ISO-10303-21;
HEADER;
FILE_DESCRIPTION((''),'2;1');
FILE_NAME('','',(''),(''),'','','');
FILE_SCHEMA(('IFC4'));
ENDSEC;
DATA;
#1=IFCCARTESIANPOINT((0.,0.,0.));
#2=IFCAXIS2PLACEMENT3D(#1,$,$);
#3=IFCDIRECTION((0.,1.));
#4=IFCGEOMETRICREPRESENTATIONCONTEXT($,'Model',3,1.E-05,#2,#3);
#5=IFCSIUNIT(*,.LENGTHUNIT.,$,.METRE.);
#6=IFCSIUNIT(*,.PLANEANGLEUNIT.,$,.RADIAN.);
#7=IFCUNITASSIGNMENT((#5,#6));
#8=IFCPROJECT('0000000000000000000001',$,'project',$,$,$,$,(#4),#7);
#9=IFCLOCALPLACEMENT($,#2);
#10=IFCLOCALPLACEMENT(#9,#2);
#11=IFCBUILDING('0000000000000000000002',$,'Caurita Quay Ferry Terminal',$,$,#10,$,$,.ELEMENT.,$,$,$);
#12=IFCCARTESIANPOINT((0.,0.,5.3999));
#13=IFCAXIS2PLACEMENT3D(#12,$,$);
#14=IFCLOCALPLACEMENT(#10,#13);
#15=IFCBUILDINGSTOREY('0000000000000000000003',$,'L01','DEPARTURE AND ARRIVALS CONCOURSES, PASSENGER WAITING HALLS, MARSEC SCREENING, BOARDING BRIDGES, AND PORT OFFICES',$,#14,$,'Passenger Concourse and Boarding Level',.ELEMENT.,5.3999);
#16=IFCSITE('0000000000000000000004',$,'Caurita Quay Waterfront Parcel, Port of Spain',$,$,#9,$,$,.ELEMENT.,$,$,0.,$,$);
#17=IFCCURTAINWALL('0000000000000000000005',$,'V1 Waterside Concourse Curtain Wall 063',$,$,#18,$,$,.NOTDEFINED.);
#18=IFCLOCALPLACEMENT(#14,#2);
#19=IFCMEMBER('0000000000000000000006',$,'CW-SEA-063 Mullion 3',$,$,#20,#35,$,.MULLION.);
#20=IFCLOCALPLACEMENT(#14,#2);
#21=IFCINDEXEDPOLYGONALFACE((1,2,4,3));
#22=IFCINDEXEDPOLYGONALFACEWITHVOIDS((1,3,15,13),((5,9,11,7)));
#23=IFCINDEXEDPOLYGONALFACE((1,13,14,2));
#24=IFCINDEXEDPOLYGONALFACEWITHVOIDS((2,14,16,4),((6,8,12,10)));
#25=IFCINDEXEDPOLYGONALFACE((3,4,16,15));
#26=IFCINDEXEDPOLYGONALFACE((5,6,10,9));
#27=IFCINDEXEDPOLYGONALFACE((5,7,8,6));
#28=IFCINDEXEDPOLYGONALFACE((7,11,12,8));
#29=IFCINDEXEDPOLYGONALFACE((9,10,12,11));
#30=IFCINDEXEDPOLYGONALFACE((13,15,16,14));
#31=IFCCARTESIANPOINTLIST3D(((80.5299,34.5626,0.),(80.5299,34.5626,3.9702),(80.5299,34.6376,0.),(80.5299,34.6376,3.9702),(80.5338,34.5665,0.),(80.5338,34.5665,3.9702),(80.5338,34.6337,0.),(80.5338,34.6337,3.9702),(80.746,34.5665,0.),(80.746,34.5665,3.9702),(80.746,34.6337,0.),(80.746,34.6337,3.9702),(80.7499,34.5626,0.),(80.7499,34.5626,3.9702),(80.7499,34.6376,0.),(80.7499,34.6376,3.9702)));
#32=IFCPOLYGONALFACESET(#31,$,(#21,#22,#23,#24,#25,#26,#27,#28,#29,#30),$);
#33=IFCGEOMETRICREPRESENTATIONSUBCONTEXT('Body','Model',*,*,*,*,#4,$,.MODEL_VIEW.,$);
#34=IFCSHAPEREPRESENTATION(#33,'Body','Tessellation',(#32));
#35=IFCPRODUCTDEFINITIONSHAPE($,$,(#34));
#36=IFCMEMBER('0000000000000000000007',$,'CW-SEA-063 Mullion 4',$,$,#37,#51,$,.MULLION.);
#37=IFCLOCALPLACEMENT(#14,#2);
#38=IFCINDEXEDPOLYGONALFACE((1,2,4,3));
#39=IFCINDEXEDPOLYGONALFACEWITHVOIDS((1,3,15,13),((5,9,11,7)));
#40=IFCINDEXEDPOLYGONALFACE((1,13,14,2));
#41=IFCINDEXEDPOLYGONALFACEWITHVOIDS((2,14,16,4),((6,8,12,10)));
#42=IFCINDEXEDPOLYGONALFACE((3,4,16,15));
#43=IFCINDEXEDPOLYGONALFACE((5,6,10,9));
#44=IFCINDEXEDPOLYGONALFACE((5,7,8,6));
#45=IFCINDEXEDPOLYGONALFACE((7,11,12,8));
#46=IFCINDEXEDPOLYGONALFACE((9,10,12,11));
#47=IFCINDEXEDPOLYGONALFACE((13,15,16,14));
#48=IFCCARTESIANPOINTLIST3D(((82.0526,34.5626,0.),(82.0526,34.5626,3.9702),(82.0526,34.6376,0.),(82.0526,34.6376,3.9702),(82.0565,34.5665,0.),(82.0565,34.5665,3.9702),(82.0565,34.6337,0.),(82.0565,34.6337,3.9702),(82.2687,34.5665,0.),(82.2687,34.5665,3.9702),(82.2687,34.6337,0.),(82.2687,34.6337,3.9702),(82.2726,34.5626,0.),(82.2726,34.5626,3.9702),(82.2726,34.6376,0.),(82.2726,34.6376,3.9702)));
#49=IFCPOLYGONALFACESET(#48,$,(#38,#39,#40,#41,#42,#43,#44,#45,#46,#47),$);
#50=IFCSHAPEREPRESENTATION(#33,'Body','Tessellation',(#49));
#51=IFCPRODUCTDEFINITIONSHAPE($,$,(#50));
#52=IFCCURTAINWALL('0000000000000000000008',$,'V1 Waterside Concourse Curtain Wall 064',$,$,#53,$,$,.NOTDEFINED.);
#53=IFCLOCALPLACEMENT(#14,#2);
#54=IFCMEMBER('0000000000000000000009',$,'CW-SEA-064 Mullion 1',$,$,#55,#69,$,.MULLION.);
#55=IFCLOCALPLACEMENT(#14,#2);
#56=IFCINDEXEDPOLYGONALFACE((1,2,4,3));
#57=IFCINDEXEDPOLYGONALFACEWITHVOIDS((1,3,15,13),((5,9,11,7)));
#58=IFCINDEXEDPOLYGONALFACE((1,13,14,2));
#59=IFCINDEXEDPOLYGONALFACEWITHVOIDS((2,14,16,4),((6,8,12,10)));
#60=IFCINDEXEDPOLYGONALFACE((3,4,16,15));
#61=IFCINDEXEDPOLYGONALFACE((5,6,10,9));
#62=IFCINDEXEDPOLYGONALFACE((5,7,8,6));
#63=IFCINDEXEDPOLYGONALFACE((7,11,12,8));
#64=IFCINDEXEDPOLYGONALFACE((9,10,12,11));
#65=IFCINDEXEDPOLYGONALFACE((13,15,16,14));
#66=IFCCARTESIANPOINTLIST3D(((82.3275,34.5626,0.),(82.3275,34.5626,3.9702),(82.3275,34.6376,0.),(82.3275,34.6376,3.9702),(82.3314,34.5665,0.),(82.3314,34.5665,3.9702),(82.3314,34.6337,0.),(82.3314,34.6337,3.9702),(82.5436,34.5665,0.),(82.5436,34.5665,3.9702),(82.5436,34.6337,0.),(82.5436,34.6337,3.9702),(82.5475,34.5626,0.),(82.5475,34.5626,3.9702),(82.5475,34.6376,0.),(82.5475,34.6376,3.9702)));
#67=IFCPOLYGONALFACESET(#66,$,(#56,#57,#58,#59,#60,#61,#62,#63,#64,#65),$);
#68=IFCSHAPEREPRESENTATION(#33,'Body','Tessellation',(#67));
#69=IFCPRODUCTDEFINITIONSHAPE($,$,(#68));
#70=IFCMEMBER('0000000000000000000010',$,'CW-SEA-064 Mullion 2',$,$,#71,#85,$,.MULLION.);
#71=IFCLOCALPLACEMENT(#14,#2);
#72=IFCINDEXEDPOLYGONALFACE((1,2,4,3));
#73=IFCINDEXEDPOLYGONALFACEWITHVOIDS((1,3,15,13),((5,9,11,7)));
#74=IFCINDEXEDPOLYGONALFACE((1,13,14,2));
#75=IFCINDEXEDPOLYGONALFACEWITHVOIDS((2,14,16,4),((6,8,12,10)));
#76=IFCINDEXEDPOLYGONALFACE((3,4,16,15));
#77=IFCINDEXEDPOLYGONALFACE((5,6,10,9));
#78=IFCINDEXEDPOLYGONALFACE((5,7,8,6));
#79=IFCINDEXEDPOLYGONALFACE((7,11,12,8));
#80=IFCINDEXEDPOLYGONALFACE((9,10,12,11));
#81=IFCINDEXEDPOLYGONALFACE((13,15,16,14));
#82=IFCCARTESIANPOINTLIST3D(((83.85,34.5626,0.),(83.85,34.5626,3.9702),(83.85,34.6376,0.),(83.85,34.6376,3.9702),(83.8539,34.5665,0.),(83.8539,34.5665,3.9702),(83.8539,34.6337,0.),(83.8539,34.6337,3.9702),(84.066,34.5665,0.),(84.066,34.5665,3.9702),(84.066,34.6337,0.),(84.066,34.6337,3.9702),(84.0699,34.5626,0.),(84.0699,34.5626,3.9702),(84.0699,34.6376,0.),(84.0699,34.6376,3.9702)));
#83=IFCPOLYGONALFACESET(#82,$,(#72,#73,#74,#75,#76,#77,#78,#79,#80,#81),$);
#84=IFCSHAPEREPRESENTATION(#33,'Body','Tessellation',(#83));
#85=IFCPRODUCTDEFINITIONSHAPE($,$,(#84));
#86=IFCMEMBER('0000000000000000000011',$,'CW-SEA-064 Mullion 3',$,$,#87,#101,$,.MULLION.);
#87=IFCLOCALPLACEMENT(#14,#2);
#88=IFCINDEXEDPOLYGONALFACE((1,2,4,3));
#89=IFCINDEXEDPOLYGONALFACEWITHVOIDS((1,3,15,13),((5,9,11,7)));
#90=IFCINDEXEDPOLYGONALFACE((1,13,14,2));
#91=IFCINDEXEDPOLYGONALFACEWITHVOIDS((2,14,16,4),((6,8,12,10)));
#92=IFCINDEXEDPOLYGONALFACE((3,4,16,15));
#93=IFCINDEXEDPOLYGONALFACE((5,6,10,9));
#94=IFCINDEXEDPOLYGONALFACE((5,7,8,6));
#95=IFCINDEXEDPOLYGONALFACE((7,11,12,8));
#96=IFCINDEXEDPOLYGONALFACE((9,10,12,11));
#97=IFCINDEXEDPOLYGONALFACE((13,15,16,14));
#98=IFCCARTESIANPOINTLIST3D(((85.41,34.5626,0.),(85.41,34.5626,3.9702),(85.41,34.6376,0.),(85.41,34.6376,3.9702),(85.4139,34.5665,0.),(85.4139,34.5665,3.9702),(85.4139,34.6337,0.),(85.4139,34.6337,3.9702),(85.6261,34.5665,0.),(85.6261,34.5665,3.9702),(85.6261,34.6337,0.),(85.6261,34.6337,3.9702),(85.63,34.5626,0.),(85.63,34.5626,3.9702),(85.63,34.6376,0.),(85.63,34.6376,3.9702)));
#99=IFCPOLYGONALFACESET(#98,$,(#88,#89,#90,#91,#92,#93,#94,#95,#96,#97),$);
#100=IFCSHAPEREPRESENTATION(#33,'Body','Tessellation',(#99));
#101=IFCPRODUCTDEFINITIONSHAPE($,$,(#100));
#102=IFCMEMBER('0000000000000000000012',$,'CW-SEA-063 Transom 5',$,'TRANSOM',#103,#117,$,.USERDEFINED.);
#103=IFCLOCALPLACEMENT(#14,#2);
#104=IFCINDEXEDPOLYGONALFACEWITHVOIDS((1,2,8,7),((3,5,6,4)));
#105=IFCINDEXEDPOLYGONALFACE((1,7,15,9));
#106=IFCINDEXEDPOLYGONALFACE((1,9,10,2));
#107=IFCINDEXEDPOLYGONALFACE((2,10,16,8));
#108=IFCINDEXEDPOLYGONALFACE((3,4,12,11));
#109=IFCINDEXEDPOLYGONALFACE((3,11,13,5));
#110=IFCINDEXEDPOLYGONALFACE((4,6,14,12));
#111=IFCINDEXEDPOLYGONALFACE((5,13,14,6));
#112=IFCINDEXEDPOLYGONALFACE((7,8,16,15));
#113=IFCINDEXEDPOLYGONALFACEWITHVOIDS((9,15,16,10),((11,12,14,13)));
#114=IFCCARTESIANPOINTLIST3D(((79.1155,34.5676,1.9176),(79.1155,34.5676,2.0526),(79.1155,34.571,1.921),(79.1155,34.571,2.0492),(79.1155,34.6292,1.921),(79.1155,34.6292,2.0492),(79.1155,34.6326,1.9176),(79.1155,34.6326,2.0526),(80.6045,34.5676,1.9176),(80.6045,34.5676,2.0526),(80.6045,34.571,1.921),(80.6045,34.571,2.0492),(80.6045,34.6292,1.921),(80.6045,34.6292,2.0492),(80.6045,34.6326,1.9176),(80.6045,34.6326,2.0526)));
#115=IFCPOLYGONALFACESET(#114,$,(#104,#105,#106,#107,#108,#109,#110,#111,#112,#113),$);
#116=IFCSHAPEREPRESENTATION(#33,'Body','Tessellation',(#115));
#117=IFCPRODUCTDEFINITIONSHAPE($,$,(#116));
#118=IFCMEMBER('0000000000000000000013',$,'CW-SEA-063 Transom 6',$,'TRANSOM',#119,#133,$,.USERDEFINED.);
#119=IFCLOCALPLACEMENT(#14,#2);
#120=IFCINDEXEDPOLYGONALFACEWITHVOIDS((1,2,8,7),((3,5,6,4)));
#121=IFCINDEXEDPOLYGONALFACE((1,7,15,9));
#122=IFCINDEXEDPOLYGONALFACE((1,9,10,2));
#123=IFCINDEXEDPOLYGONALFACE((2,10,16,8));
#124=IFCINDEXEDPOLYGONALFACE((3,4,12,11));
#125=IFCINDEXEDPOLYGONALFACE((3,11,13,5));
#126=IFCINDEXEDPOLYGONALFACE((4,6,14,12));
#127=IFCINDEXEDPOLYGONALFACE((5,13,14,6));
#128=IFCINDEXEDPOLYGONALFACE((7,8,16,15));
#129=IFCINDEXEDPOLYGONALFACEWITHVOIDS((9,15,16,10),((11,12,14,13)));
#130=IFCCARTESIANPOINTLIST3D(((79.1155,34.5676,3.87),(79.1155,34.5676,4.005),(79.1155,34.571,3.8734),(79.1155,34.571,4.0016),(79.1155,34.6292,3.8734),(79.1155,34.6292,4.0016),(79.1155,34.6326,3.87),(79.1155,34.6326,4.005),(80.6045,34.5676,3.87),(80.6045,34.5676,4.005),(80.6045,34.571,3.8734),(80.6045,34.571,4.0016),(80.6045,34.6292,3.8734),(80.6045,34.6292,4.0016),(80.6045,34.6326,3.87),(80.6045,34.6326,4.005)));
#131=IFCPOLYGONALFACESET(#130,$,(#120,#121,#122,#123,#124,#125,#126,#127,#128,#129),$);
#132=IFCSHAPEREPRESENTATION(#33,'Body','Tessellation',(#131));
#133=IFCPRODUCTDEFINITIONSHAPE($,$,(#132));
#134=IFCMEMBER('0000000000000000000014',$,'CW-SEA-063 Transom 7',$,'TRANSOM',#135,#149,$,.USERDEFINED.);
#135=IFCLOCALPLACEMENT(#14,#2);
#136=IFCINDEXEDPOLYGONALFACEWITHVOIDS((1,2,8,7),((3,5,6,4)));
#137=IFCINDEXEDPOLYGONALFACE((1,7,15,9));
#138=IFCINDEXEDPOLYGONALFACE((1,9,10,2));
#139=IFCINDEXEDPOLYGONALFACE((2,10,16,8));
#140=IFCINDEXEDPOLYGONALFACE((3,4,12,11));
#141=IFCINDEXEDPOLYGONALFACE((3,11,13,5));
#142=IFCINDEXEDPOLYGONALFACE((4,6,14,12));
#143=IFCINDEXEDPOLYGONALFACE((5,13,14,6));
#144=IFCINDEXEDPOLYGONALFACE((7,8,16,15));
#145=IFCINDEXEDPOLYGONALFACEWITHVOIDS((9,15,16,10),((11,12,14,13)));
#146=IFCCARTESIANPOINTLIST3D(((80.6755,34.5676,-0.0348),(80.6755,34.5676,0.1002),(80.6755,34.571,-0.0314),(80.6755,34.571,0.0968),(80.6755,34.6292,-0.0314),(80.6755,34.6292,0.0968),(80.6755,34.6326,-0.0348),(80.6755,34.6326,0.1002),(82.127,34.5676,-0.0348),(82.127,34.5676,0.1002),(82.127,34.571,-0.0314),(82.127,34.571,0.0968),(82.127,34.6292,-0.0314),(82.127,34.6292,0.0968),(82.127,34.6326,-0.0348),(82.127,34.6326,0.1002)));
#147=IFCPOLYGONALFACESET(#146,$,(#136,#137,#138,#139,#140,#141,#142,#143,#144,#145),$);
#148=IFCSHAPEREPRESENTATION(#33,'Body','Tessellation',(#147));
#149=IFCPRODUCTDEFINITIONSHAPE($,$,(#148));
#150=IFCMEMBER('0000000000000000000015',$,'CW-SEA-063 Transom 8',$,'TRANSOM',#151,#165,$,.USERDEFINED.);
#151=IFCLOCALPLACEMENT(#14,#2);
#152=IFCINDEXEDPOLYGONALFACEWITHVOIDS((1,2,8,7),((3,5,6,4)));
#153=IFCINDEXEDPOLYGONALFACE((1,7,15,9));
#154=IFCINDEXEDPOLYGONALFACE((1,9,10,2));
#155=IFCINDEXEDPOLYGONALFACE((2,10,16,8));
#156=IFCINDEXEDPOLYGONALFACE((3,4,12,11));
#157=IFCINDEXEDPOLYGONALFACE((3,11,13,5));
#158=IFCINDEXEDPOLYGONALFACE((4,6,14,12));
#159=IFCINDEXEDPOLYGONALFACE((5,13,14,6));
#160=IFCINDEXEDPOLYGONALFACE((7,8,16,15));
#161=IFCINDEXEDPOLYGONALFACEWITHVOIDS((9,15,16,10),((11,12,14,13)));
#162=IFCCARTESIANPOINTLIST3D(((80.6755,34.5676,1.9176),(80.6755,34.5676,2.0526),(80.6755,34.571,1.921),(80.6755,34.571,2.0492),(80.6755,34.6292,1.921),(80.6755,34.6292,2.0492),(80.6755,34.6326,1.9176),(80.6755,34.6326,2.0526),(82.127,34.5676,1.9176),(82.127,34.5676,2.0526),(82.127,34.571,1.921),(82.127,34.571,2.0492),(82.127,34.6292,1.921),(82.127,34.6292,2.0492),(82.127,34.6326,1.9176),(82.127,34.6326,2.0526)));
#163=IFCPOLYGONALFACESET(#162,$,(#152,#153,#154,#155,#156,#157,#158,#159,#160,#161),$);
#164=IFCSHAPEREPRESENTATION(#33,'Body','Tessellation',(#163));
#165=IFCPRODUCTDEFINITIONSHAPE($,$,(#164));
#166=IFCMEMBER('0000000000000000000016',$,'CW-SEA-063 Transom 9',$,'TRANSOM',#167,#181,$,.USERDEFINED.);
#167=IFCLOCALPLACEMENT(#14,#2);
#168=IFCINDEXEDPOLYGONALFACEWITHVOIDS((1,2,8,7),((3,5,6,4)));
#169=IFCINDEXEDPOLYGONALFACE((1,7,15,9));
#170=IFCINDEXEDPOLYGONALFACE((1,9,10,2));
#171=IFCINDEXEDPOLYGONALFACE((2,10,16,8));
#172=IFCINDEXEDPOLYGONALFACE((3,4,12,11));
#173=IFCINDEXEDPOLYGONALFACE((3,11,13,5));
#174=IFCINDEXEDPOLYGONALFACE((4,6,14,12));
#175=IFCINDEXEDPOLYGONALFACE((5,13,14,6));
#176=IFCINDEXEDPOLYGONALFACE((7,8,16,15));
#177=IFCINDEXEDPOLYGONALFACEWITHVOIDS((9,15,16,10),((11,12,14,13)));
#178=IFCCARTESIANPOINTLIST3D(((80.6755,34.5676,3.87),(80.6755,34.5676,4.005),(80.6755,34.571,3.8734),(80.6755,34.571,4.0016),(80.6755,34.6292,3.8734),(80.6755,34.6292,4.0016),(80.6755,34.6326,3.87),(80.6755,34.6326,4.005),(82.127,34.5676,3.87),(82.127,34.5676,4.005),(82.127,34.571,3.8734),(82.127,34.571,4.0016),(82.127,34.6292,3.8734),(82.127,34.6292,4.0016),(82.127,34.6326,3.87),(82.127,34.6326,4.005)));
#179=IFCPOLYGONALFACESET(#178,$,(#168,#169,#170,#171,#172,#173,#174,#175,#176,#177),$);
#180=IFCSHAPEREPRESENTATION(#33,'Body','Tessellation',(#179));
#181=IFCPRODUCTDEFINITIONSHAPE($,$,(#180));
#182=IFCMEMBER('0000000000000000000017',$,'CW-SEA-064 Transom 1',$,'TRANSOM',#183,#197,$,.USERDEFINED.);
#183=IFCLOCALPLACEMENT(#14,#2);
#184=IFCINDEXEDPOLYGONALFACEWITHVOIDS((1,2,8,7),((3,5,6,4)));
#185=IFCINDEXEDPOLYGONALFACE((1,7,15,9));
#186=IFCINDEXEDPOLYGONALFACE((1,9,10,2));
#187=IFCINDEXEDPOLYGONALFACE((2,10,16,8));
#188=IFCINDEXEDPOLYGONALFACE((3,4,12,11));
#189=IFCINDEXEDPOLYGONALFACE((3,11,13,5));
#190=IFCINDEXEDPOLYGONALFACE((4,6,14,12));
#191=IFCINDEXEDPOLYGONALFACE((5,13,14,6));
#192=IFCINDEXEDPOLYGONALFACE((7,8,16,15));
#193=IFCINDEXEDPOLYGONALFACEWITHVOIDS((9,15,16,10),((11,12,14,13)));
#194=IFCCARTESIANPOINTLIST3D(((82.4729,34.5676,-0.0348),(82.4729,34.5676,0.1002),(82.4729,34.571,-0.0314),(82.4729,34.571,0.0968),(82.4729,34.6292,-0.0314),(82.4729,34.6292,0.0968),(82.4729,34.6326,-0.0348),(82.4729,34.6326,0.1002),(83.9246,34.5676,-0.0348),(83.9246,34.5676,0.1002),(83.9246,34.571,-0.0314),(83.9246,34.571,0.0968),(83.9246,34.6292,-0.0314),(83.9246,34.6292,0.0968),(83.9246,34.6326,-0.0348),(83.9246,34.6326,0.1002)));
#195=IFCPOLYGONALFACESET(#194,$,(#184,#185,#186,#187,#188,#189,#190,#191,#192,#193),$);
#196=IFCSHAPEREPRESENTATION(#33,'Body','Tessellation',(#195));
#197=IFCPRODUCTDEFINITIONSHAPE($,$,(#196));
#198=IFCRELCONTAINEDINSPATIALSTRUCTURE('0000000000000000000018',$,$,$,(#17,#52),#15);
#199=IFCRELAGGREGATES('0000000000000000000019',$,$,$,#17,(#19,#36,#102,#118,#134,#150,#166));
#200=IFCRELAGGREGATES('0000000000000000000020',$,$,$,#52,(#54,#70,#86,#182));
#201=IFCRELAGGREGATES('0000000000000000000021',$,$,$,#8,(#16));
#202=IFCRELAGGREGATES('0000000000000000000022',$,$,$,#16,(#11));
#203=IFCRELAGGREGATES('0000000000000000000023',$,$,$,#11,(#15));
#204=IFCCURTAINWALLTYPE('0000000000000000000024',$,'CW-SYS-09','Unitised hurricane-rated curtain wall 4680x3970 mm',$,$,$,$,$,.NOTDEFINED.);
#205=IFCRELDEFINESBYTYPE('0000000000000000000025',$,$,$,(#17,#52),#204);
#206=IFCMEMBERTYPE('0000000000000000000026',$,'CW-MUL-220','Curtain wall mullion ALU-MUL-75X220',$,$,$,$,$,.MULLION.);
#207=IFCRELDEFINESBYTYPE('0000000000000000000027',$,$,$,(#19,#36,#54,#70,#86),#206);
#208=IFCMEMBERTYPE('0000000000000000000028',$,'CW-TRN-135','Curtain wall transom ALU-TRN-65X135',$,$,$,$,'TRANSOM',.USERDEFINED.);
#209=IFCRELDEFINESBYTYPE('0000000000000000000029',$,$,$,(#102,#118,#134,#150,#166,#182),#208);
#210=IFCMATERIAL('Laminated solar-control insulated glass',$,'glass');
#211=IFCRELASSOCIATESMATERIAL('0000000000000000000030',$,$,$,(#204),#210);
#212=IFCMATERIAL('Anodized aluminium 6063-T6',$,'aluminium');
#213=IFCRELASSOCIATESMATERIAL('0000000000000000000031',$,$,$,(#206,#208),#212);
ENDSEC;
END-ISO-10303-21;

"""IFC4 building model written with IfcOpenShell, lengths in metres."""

from ifc_helpers import new_model, si_unit, direction, frame, origin, origin_2d, place, context, subcontext, project, spatial, hollow_rectangle, extrude, material, material_profile, profile_set, type_object, element, aggregate, save


model = new_model("IFC4")

# Units and contexts
model_context = context("Model", 3, precision=1e-05, world=origin(), true_north=direction((0.0, 1.0)))
body_context = subcontext(model_context, "Body", "Model", "MODEL_VIEW")
ifc_project = project(units=[si_unit("LENGTHUNIT", "METRE"), si_unit("PLANEANGLEUNIT", "RADIAN")], contexts=[model_context])

# Site, building, storey
site_placement = place(None, origin())
site = spatial("IfcSite", under=ifc_project, at=site_placement, Name="Caurita Quay Waterfront Parcel, Port of Spain", CompositionType="ELEMENT", RefElevation=0.0)
building_placement = place(site_placement, origin())
building = spatial("IfcBuilding", under=site, at=building_placement, Name="Caurita Quay Ferry Terminal", CompositionType="ELEMENT")
storey_placement = place(building_placement, frame((0.0, 0.0, 5.3999)))
storey = spatial("IfcBuildingStorey", under=building, at=storey_placement, Name="L01", Description="DEPARTURE AND ARRIVALS CONCOURSES, PASSENGER WAITING HALLS, MARSEC SCREENING, BOARDING BRIDGES, AND PORT OFFICES", LongName="Passenger Concourse and Boarding Level", CompositionType="ELEMENT", Elevation=5.3999)

# Curtain walls, members
ifc_material_1 = material(Name="Laminated solar-control insulated glass", Category="glass")
curtain_wall_type = type_object("IfcCurtainWallType", Name="CW-SYS-09", Description="Unitised hurricane-rated curtain wall 4680x3970 mm", PredefinedType="NOTDEFINED", material=ifc_material_1)
curtain_wall_1_placement = place(storey_placement, origin())
curtain_wall_1 = element("IfcCurtainWall", 1, at=curtain_wall_1_placement, inside=storey, type_object=curtain_wall_type, Name="V1 Waterside Concourse Curtain Wall 063", PredefinedType="NOTDEFINED")
ifc_material_2 = material(Name="Anodized aluminium 6063-T6", Category="aluminium")
ifc_material_profile_1 = material_profile(ifc_material_2, hollow_rectangle(XDim=0.075, YDim=0.22, WallThickness=0.0039, at=origin_2d()), Name="ALU-MUL-75X220")
ifc_profile_set_1 = profile_set([ifc_material_profile_1], Name="Anodized aluminium 6063-T6")
member_type_1 = type_object("IfcMemberType", Name="CW-MUL-220", Description="Curtain wall mullion ALU-MUL-75X220", PredefinedType="MULLION", material=ifc_profile_set_1)
member_1_placement = place(storey_placement, frame((80.6399, 34.6001, 0.0), z_axis=(0.0, 0.0, 1.0), x_axis=(0.0, 1.0, 0.0)))
member_1 = element("IfcMember", 2, at=member_1_placement, type_object=member_type_1, Name="CW-SEA-063 Mullion 3", PredefinedType="MULLION", context=body_context, shape_type="SweptSolid", body=[
    extrude(hollow_rectangle(XDim=0.075, YDim=0.22, WallThickness=0.0039, at=origin_2d()), origin(), (0.0, 0.0, 1.0), 3.9702),
])
member_2_placement = place(storey_placement, frame((82.1626, 34.6001, 0.0), z_axis=(0.0, 0.0, 1.0), x_axis=(0.0, 1.0, 0.0)))
member_2 = element("IfcMember", 3, at=member_2_placement, type_object=member_type_1, Name="CW-SEA-063 Mullion 4", PredefinedType="MULLION", context=body_context, shape_type="SweptSolid", body=[
    extrude(hollow_rectangle(XDim=0.075, YDim=0.22, WallThickness=0.0039, at=origin_2d()), origin(), (0.0, 0.0, 1.0), 3.9702),
])
curtain_wall_2_placement = place(storey_placement, origin())
curtain_wall_2 = element("IfcCurtainWall", 4, at=curtain_wall_2_placement, inside=storey, type_object=curtain_wall_type, Name="V1 Waterside Concourse Curtain Wall 064", PredefinedType="NOTDEFINED")
member_3_placement = place(storey_placement, frame((82.4375, 34.6001, 0.0), z_axis=(0.0, 0.0, 1.0), x_axis=(0.0, 1.0, 0.0)))
member_3 = element("IfcMember", 5, at=member_3_placement, type_object=member_type_1, Name="CW-SEA-064 Mullion 1", PredefinedType="MULLION", context=body_context, shape_type="SweptSolid", body=[
    extrude(hollow_rectangle(XDim=0.075, YDim=0.22, WallThickness=0.0039, at=origin_2d()), origin(), (0.0, 0.0, 1.0), 3.9702),
])
member_4_placement = place(storey_placement, frame((83.96, 34.6001, 0.0), z_axis=(0.0, 0.0, 1.0), x_axis=(0.0, 1.0, 0.0)))
member_4 = element("IfcMember", 6, at=member_4_placement, type_object=member_type_1, Name="CW-SEA-064 Mullion 2", PredefinedType="MULLION", context=body_context, shape_type="SweptSolid", body=[
    extrude(hollow_rectangle(XDim=0.075, YDim=0.22, WallThickness=0.0039, at=origin_2d()), origin(), (0.0, 0.0, 1.0), 3.9702),
])
member_5_placement = place(storey_placement, frame((85.52, 34.6001, 0.0), z_axis=(0.0, 0.0, 1.0), x_axis=(0.0, 1.0, 0.0)))
member_5 = element("IfcMember", 7, at=member_5_placement, type_object=member_type_1, Name="CW-SEA-064 Mullion 3", PredefinedType="MULLION", context=body_context, shape_type="SweptSolid", body=[
    extrude(hollow_rectangle(XDim=0.075, YDim=0.22, WallThickness=0.0039, at=origin_2d()), origin(), (0.0, 0.0, 1.0), 3.9702),
])

# Members
ifc_material_profile_2 = material_profile(ifc_material_2, hollow_rectangle(XDim=0.0649, YDim=0.135, WallThickness=0.0034, at=origin_2d()), Name="ALU-TRN-65X135")
ifc_profile_set_2 = profile_set([ifc_material_profile_2], Name="Anodized aluminium 6063-T6")
member_type_2 = type_object("IfcMemberType", Name="CW-TRN-135", Description="Curtain wall transom ALU-TRN-65X135", ElementType="TRANSOM", PredefinedType="USERDEFINED", material=ifc_profile_set_2)
member_6_placement = place(storey_placement, frame((79.1155, 34.6001, 1.9851), z_axis=(1.0, 0.0, 0.0), x_axis=(0.0, 1.0, 0.0)))
member_6 = element("IfcMember", 8, at=member_6_placement, type_object=member_type_2, Name="CW-SEA-063 Transom 5", ObjectType="TRANSOM", PredefinedType="USERDEFINED", context=body_context, shape_type="SweptSolid", body=[
    extrude(hollow_rectangle(XDim=0.0649, YDim=0.135, WallThickness=0.0034, at=origin_2d()), origin(), (0.0, 0.0, 1.0), 1.489),
])
member_7_placement = place(storey_placement, frame((79.1155, 34.6001, 3.9375), z_axis=(1.0, 0.0, 0.0), x_axis=(0.0, 1.0, 0.0)))
member_7 = element("IfcMember", 9, at=member_7_placement, type_object=member_type_2, Name="CW-SEA-063 Transom 6", ObjectType="TRANSOM", PredefinedType="USERDEFINED", context=body_context, shape_type="SweptSolid", body=[
    extrude(hollow_rectangle(XDim=0.0649, YDim=0.135, WallThickness=0.0034, at=origin_2d()), origin(), (0.0, 0.0, 1.0), 1.489),
])
member_8_placement = place(storey_placement, frame((80.6755, 34.6001, 0.0327), z_axis=(1.0, 0.0, 0.0), x_axis=(0.0, 1.0, 0.0)))
member_8 = element("IfcMember", 10, at=member_8_placement, type_object=member_type_2, Name="CW-SEA-063 Transom 7", ObjectType="TRANSOM", PredefinedType="USERDEFINED", context=body_context, shape_type="SweptSolid", body=[
    extrude(hollow_rectangle(XDim=0.0649, YDim=0.135, WallThickness=0.0034, at=origin_2d()), origin(), (0.0, 0.0, 1.0), 1.4514),
])
member_9_placement = place(storey_placement, frame((80.6755, 34.6001, 1.9851), z_axis=(1.0, 0.0, 0.0), x_axis=(0.0, 1.0, 0.0)))
member_9 = element("IfcMember", 11, at=member_9_placement, type_object=member_type_2, Name="CW-SEA-063 Transom 8", ObjectType="TRANSOM", PredefinedType="USERDEFINED", context=body_context, shape_type="SweptSolid", body=[
    extrude(hollow_rectangle(XDim=0.0649, YDim=0.135, WallThickness=0.0034, at=origin_2d()), origin(), (0.0, 0.0, 1.0), 1.4514),
])
member_10_placement = place(storey_placement, frame((80.6755, 34.6001, 3.9375), z_axis=(1.0, 0.0, 0.0), x_axis=(0.0, 1.0, 0.0)))
member_10 = element("IfcMember", 12, at=member_10_placement, type_object=member_type_2, Name="CW-SEA-063 Transom 9", ObjectType="TRANSOM", PredefinedType="USERDEFINED", context=body_context, shape_type="SweptSolid", body=[
    extrude(hollow_rectangle(XDim=0.0649, YDim=0.135, WallThickness=0.0034, at=origin_2d()), origin(), (0.0, 0.0, 1.0), 1.4514),
])
member_11_placement = place(storey_placement, frame((82.4729, 34.6001, 0.0327), z_axis=(1.0, 0.0, 0.0), x_axis=(0.0, 1.0, 0.0)))
member_11 = element("IfcMember", 13, at=member_11_placement, type_object=member_type_2, Name="CW-SEA-064 Transom 1", ObjectType="TRANSOM", PredefinedType="USERDEFINED", context=body_context, shape_type="SweptSolid", body=[
    extrude(hollow_rectangle(XDim=0.0649, YDim=0.135, WallThickness=0.0034, at=origin_2d()), origin(), (0.0, 0.0, 1.0), 1.4517),
])

aggregate(curtain_wall_1, [member_1, member_2, member_6, member_7, member_8, member_9, member_10])
aggregate(curtain_wall_2, [member_3, member_4, member_5, member_11])

save(model, "model.ifc")
